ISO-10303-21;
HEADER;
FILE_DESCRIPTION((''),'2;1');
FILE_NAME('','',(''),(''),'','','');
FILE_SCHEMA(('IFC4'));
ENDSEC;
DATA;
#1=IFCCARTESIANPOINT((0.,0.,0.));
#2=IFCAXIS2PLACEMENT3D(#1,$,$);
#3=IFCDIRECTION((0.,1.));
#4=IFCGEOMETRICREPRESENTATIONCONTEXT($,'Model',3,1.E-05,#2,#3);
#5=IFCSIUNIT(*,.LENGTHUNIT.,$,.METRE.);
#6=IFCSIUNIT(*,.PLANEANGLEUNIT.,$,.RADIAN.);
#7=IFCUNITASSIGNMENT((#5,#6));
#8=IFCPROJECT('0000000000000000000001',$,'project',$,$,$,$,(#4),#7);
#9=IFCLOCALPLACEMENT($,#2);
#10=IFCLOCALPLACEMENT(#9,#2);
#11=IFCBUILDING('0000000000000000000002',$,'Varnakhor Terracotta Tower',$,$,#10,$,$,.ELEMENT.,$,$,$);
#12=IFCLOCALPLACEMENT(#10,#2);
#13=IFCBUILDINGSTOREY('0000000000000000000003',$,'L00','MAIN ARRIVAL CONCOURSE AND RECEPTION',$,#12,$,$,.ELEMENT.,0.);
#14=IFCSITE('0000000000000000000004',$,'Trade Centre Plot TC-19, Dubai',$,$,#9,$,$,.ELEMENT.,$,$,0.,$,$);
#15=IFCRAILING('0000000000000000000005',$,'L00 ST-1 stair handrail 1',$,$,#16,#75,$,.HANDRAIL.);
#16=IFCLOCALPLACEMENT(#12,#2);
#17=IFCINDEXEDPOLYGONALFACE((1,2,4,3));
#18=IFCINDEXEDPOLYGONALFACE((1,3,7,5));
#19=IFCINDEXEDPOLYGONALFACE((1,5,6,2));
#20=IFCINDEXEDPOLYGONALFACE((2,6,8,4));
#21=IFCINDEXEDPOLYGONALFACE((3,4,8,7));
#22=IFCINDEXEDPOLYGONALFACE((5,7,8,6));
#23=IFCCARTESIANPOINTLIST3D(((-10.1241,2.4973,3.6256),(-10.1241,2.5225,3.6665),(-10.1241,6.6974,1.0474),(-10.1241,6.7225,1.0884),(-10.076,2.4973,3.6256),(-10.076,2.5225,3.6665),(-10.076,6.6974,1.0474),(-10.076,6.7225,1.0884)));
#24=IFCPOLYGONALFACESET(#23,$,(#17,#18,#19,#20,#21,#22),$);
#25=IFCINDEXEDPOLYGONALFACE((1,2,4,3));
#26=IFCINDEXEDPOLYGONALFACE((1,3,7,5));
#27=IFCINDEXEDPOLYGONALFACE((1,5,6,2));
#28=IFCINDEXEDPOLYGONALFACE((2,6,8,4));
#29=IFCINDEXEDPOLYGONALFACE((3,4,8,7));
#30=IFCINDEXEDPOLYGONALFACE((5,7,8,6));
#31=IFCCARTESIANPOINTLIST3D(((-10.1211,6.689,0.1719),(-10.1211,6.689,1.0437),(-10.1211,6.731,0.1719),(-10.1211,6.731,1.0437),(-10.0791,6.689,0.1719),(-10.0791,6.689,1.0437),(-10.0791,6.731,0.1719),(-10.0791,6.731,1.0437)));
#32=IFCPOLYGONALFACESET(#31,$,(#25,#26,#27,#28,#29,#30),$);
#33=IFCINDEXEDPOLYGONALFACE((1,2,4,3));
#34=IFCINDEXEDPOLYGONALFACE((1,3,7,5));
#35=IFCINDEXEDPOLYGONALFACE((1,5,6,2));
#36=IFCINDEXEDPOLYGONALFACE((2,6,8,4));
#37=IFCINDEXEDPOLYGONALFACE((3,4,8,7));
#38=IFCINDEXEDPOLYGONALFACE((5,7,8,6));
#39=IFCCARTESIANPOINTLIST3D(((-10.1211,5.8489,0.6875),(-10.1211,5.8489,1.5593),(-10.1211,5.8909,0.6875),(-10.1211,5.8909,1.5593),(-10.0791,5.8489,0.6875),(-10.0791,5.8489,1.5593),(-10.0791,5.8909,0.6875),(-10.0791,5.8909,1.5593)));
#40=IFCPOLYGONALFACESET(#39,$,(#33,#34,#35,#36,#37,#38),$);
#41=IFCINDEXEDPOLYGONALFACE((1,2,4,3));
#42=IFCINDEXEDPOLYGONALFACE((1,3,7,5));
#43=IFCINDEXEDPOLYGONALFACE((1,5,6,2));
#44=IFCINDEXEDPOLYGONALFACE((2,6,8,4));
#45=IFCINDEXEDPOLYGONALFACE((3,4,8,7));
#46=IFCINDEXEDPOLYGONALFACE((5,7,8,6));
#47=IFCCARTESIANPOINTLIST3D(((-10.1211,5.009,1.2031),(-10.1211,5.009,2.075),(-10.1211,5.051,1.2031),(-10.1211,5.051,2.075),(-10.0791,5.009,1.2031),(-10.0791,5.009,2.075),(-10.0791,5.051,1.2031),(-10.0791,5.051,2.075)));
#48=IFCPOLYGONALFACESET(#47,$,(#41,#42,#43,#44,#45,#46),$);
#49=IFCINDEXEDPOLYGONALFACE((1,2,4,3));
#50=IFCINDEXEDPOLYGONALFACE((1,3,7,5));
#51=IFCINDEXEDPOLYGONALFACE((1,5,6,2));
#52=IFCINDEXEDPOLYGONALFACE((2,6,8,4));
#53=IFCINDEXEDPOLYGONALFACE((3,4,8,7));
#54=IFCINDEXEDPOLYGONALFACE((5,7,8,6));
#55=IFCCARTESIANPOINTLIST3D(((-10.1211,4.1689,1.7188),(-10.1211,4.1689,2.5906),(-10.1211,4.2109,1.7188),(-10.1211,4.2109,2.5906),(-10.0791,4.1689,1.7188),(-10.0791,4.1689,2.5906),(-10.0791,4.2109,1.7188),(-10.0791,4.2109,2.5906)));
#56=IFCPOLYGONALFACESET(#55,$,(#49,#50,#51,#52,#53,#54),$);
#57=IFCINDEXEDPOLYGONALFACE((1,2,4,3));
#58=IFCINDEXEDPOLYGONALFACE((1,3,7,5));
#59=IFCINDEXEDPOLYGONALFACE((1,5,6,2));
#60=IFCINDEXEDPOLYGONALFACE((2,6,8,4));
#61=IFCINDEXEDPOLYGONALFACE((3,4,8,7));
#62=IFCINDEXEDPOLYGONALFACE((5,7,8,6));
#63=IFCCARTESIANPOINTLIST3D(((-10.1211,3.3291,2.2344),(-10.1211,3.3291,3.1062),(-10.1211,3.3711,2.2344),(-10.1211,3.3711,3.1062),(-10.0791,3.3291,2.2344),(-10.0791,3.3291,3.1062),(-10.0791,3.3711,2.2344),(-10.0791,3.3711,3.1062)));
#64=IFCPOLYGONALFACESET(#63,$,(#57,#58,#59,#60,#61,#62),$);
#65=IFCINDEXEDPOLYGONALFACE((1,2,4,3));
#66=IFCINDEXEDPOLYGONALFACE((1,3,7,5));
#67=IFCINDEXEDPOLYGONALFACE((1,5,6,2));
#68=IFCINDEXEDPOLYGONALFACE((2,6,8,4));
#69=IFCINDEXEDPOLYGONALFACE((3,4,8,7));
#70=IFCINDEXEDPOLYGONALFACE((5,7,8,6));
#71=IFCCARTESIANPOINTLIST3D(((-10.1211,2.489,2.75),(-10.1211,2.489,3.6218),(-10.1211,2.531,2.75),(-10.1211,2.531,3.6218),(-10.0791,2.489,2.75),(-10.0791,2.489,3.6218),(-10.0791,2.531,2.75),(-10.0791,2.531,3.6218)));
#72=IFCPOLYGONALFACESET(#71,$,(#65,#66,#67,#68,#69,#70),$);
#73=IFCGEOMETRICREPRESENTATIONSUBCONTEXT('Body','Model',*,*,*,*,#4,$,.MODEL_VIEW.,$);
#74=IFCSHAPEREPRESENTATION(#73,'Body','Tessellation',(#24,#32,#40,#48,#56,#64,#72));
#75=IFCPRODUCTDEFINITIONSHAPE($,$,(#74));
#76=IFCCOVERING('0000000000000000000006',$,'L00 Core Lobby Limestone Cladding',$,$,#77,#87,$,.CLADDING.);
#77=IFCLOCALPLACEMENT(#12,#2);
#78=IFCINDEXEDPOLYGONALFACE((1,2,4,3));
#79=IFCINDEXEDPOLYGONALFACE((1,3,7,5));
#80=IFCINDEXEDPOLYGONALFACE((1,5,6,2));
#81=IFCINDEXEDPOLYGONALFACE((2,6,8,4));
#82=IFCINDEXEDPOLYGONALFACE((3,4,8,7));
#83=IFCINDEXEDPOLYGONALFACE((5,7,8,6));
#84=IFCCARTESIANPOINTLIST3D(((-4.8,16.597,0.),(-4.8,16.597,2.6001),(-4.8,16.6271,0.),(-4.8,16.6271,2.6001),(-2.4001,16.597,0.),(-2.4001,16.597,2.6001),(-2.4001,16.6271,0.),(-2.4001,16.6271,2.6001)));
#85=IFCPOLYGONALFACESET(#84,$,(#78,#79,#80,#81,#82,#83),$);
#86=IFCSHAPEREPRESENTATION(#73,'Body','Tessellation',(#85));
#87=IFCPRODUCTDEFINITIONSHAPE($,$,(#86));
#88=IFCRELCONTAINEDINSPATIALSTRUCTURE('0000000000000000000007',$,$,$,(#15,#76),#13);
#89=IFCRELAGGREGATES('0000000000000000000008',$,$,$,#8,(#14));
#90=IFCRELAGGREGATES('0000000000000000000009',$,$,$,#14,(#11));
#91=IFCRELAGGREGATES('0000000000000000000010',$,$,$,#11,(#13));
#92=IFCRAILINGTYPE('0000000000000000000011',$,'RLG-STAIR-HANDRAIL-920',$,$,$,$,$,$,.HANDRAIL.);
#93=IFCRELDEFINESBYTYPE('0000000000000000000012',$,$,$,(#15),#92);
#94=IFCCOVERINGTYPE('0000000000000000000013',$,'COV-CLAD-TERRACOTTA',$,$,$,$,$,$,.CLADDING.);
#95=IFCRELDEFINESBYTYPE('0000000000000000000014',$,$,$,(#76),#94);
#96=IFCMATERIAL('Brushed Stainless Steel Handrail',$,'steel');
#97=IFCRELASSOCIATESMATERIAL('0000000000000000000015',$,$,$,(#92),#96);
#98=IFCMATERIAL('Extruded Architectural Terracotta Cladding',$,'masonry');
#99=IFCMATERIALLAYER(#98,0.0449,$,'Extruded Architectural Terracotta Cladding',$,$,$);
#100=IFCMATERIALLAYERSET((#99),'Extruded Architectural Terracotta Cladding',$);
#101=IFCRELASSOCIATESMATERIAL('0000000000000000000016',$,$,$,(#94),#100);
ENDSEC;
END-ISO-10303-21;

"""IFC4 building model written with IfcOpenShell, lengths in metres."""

from ifc_helpers import new_model, si_unit, direction, frame, origin, origin_2d, place, context, subcontext, project, spatial, rectangle, extrude, source, transform, mapped, material, layer, layer_set, type_object, type_shapes, element, save


model = new_model("IFC4")

# Units and contexts
model_context = context("Model", 3, precision=1e-05, world=origin(), true_north=direction((0.0, 1.0)))
body_context = subcontext(model_context, "Body", "Model", "MODEL_VIEW")
ifc_project = project(units=[si_unit("LENGTHUNIT", "METRE"), si_unit("PLANEANGLEUNIT", "RADIAN")], contexts=[model_context])

# Site, building, storey
site_placement = place(None, origin())
site = spatial("IfcSite", under=ifc_project, at=site_placement, Name="Trade Centre Plot TC-19, Dubai", CompositionType="ELEMENT", RefElevation=0.0)
building_placement = place(site_placement, origin())
building = spatial("IfcBuilding", under=site, at=building_placement, Name="Varnakhor Terracotta Tower", CompositionType="ELEMENT")
storey_placement = place(building_placement, origin())
storey = spatial("IfcBuildingStorey", under=building, at=storey_placement, Name="L00", Description="MAIN ARRIVAL CONCOURSE AND RECEPTION", CompositionType="ELEMENT", Elevation=0.0)

# Railing
ifc_material_1 = material(Name="Brushed Stainless Steel Handrail", Category="steel")
railing_type_1 = type_object("IfcRailingType", Name="RLG-STAIR-HANDRAIL-920", PredefinedType="HANDRAIL", material=ifc_material_1)
railing_1_placement = place(storey_placement, frame((-10.1001, 6.71, 0.1719)))
element("IfcRailing", 1, at=railing_1_placement, inside=storey, type_object=railing_type_1, Name="L00 ST-1 stair handrail 1", PredefinedType="HANDRAIL", context=body_context, shape_type="SweptSolid", body=[
    extrude(rectangle(XDim=0.0481, YDim=0.0481, at=origin_2d()), frame((0.0, 0.0, 0.896), z_axis=(0.0, -0.852243, 0.523146), x_axis=(1.0, 0.0, 0.0)), (0.0, 0.0, 1.0), 4.9282),
    extrude(rectangle(XDim=0.042, YDim=0.042, at=origin_2d()), origin(), (0.0, 0.0, 1.0), 0.8718),
    extrude(rectangle(XDim=0.042, YDim=0.042, at=origin_2d()), frame((0.0, -0.8401, 0.5156)), (0.0, 0.0, 1.0), 0.8718),
    extrude(rectangle(XDim=0.042, YDim=0.042, at=origin_2d()), frame((0.0, -1.6799, 1.0312)), (0.0, 0.0, 1.0), 0.8718),
    extrude(rectangle(XDim=0.042, YDim=0.042, at=origin_2d()), frame((0.0, -2.52, 1.5469)), (0.0, 0.0, 1.0), 0.8718),
    extrude(rectangle(XDim=0.042, YDim=0.042, at=origin_2d()), frame((0.0, -3.3599, 2.0625)), (0.0, 0.0, 1.0), 0.8718),
    extrude(rectangle(XDim=0.042, YDim=0.042, at=origin_2d()), frame((0.0, -4.2, 2.5781)), (0.0, 0.0, 1.0), 0.8718),
])

# Covering
ifc_material_2 = material(Name="Extruded Architectural Terracotta Cladding", Category="masonry")
ifc_layer_1 = layer(ifc_material_2, 0.0449, Name="Extruded Architectural Terracotta Cladding")
ifc_layer_set_1 = layer_set([ifc_layer_1], Name="Extruded Architectural Terracotta Cladding")
covering_type = type_object("IfcCoveringType", Name="COV-CLAD-TERRACOTTA", PredefinedType="CLADDING", material=ifc_layer_set_1)
shared_shape_1 = source(origin(), body_context, "Body", "SweptSolid", [
    extrude(rectangle(XDim=2.3999, YDim=0.03, at=origin_2d()), origin(), (0.0, 0.0, 1.0), 2.6001),
])
type_shapes(covering_type, [shared_shape_1])
covering_placement = place(storey_placement, frame((-3.6001, 16.6121, 0.0), z_axis=(0.0, 0.0, 1.0), x_axis=(1.0, 0.0, 0.0)))
element("IfcCovering", 2, at=covering_placement, inside=storey, type_object=covering_type, Name="L00 Core Lobby Limestone Cladding", PredefinedType="CLADDING", context=body_context, shape_type="MappedRepresentation", body=[
    mapped(shared_shape_1, transform((0.0, 0.0, 0.0), scale=1.0)),
])

save(model, "model.ifc")
